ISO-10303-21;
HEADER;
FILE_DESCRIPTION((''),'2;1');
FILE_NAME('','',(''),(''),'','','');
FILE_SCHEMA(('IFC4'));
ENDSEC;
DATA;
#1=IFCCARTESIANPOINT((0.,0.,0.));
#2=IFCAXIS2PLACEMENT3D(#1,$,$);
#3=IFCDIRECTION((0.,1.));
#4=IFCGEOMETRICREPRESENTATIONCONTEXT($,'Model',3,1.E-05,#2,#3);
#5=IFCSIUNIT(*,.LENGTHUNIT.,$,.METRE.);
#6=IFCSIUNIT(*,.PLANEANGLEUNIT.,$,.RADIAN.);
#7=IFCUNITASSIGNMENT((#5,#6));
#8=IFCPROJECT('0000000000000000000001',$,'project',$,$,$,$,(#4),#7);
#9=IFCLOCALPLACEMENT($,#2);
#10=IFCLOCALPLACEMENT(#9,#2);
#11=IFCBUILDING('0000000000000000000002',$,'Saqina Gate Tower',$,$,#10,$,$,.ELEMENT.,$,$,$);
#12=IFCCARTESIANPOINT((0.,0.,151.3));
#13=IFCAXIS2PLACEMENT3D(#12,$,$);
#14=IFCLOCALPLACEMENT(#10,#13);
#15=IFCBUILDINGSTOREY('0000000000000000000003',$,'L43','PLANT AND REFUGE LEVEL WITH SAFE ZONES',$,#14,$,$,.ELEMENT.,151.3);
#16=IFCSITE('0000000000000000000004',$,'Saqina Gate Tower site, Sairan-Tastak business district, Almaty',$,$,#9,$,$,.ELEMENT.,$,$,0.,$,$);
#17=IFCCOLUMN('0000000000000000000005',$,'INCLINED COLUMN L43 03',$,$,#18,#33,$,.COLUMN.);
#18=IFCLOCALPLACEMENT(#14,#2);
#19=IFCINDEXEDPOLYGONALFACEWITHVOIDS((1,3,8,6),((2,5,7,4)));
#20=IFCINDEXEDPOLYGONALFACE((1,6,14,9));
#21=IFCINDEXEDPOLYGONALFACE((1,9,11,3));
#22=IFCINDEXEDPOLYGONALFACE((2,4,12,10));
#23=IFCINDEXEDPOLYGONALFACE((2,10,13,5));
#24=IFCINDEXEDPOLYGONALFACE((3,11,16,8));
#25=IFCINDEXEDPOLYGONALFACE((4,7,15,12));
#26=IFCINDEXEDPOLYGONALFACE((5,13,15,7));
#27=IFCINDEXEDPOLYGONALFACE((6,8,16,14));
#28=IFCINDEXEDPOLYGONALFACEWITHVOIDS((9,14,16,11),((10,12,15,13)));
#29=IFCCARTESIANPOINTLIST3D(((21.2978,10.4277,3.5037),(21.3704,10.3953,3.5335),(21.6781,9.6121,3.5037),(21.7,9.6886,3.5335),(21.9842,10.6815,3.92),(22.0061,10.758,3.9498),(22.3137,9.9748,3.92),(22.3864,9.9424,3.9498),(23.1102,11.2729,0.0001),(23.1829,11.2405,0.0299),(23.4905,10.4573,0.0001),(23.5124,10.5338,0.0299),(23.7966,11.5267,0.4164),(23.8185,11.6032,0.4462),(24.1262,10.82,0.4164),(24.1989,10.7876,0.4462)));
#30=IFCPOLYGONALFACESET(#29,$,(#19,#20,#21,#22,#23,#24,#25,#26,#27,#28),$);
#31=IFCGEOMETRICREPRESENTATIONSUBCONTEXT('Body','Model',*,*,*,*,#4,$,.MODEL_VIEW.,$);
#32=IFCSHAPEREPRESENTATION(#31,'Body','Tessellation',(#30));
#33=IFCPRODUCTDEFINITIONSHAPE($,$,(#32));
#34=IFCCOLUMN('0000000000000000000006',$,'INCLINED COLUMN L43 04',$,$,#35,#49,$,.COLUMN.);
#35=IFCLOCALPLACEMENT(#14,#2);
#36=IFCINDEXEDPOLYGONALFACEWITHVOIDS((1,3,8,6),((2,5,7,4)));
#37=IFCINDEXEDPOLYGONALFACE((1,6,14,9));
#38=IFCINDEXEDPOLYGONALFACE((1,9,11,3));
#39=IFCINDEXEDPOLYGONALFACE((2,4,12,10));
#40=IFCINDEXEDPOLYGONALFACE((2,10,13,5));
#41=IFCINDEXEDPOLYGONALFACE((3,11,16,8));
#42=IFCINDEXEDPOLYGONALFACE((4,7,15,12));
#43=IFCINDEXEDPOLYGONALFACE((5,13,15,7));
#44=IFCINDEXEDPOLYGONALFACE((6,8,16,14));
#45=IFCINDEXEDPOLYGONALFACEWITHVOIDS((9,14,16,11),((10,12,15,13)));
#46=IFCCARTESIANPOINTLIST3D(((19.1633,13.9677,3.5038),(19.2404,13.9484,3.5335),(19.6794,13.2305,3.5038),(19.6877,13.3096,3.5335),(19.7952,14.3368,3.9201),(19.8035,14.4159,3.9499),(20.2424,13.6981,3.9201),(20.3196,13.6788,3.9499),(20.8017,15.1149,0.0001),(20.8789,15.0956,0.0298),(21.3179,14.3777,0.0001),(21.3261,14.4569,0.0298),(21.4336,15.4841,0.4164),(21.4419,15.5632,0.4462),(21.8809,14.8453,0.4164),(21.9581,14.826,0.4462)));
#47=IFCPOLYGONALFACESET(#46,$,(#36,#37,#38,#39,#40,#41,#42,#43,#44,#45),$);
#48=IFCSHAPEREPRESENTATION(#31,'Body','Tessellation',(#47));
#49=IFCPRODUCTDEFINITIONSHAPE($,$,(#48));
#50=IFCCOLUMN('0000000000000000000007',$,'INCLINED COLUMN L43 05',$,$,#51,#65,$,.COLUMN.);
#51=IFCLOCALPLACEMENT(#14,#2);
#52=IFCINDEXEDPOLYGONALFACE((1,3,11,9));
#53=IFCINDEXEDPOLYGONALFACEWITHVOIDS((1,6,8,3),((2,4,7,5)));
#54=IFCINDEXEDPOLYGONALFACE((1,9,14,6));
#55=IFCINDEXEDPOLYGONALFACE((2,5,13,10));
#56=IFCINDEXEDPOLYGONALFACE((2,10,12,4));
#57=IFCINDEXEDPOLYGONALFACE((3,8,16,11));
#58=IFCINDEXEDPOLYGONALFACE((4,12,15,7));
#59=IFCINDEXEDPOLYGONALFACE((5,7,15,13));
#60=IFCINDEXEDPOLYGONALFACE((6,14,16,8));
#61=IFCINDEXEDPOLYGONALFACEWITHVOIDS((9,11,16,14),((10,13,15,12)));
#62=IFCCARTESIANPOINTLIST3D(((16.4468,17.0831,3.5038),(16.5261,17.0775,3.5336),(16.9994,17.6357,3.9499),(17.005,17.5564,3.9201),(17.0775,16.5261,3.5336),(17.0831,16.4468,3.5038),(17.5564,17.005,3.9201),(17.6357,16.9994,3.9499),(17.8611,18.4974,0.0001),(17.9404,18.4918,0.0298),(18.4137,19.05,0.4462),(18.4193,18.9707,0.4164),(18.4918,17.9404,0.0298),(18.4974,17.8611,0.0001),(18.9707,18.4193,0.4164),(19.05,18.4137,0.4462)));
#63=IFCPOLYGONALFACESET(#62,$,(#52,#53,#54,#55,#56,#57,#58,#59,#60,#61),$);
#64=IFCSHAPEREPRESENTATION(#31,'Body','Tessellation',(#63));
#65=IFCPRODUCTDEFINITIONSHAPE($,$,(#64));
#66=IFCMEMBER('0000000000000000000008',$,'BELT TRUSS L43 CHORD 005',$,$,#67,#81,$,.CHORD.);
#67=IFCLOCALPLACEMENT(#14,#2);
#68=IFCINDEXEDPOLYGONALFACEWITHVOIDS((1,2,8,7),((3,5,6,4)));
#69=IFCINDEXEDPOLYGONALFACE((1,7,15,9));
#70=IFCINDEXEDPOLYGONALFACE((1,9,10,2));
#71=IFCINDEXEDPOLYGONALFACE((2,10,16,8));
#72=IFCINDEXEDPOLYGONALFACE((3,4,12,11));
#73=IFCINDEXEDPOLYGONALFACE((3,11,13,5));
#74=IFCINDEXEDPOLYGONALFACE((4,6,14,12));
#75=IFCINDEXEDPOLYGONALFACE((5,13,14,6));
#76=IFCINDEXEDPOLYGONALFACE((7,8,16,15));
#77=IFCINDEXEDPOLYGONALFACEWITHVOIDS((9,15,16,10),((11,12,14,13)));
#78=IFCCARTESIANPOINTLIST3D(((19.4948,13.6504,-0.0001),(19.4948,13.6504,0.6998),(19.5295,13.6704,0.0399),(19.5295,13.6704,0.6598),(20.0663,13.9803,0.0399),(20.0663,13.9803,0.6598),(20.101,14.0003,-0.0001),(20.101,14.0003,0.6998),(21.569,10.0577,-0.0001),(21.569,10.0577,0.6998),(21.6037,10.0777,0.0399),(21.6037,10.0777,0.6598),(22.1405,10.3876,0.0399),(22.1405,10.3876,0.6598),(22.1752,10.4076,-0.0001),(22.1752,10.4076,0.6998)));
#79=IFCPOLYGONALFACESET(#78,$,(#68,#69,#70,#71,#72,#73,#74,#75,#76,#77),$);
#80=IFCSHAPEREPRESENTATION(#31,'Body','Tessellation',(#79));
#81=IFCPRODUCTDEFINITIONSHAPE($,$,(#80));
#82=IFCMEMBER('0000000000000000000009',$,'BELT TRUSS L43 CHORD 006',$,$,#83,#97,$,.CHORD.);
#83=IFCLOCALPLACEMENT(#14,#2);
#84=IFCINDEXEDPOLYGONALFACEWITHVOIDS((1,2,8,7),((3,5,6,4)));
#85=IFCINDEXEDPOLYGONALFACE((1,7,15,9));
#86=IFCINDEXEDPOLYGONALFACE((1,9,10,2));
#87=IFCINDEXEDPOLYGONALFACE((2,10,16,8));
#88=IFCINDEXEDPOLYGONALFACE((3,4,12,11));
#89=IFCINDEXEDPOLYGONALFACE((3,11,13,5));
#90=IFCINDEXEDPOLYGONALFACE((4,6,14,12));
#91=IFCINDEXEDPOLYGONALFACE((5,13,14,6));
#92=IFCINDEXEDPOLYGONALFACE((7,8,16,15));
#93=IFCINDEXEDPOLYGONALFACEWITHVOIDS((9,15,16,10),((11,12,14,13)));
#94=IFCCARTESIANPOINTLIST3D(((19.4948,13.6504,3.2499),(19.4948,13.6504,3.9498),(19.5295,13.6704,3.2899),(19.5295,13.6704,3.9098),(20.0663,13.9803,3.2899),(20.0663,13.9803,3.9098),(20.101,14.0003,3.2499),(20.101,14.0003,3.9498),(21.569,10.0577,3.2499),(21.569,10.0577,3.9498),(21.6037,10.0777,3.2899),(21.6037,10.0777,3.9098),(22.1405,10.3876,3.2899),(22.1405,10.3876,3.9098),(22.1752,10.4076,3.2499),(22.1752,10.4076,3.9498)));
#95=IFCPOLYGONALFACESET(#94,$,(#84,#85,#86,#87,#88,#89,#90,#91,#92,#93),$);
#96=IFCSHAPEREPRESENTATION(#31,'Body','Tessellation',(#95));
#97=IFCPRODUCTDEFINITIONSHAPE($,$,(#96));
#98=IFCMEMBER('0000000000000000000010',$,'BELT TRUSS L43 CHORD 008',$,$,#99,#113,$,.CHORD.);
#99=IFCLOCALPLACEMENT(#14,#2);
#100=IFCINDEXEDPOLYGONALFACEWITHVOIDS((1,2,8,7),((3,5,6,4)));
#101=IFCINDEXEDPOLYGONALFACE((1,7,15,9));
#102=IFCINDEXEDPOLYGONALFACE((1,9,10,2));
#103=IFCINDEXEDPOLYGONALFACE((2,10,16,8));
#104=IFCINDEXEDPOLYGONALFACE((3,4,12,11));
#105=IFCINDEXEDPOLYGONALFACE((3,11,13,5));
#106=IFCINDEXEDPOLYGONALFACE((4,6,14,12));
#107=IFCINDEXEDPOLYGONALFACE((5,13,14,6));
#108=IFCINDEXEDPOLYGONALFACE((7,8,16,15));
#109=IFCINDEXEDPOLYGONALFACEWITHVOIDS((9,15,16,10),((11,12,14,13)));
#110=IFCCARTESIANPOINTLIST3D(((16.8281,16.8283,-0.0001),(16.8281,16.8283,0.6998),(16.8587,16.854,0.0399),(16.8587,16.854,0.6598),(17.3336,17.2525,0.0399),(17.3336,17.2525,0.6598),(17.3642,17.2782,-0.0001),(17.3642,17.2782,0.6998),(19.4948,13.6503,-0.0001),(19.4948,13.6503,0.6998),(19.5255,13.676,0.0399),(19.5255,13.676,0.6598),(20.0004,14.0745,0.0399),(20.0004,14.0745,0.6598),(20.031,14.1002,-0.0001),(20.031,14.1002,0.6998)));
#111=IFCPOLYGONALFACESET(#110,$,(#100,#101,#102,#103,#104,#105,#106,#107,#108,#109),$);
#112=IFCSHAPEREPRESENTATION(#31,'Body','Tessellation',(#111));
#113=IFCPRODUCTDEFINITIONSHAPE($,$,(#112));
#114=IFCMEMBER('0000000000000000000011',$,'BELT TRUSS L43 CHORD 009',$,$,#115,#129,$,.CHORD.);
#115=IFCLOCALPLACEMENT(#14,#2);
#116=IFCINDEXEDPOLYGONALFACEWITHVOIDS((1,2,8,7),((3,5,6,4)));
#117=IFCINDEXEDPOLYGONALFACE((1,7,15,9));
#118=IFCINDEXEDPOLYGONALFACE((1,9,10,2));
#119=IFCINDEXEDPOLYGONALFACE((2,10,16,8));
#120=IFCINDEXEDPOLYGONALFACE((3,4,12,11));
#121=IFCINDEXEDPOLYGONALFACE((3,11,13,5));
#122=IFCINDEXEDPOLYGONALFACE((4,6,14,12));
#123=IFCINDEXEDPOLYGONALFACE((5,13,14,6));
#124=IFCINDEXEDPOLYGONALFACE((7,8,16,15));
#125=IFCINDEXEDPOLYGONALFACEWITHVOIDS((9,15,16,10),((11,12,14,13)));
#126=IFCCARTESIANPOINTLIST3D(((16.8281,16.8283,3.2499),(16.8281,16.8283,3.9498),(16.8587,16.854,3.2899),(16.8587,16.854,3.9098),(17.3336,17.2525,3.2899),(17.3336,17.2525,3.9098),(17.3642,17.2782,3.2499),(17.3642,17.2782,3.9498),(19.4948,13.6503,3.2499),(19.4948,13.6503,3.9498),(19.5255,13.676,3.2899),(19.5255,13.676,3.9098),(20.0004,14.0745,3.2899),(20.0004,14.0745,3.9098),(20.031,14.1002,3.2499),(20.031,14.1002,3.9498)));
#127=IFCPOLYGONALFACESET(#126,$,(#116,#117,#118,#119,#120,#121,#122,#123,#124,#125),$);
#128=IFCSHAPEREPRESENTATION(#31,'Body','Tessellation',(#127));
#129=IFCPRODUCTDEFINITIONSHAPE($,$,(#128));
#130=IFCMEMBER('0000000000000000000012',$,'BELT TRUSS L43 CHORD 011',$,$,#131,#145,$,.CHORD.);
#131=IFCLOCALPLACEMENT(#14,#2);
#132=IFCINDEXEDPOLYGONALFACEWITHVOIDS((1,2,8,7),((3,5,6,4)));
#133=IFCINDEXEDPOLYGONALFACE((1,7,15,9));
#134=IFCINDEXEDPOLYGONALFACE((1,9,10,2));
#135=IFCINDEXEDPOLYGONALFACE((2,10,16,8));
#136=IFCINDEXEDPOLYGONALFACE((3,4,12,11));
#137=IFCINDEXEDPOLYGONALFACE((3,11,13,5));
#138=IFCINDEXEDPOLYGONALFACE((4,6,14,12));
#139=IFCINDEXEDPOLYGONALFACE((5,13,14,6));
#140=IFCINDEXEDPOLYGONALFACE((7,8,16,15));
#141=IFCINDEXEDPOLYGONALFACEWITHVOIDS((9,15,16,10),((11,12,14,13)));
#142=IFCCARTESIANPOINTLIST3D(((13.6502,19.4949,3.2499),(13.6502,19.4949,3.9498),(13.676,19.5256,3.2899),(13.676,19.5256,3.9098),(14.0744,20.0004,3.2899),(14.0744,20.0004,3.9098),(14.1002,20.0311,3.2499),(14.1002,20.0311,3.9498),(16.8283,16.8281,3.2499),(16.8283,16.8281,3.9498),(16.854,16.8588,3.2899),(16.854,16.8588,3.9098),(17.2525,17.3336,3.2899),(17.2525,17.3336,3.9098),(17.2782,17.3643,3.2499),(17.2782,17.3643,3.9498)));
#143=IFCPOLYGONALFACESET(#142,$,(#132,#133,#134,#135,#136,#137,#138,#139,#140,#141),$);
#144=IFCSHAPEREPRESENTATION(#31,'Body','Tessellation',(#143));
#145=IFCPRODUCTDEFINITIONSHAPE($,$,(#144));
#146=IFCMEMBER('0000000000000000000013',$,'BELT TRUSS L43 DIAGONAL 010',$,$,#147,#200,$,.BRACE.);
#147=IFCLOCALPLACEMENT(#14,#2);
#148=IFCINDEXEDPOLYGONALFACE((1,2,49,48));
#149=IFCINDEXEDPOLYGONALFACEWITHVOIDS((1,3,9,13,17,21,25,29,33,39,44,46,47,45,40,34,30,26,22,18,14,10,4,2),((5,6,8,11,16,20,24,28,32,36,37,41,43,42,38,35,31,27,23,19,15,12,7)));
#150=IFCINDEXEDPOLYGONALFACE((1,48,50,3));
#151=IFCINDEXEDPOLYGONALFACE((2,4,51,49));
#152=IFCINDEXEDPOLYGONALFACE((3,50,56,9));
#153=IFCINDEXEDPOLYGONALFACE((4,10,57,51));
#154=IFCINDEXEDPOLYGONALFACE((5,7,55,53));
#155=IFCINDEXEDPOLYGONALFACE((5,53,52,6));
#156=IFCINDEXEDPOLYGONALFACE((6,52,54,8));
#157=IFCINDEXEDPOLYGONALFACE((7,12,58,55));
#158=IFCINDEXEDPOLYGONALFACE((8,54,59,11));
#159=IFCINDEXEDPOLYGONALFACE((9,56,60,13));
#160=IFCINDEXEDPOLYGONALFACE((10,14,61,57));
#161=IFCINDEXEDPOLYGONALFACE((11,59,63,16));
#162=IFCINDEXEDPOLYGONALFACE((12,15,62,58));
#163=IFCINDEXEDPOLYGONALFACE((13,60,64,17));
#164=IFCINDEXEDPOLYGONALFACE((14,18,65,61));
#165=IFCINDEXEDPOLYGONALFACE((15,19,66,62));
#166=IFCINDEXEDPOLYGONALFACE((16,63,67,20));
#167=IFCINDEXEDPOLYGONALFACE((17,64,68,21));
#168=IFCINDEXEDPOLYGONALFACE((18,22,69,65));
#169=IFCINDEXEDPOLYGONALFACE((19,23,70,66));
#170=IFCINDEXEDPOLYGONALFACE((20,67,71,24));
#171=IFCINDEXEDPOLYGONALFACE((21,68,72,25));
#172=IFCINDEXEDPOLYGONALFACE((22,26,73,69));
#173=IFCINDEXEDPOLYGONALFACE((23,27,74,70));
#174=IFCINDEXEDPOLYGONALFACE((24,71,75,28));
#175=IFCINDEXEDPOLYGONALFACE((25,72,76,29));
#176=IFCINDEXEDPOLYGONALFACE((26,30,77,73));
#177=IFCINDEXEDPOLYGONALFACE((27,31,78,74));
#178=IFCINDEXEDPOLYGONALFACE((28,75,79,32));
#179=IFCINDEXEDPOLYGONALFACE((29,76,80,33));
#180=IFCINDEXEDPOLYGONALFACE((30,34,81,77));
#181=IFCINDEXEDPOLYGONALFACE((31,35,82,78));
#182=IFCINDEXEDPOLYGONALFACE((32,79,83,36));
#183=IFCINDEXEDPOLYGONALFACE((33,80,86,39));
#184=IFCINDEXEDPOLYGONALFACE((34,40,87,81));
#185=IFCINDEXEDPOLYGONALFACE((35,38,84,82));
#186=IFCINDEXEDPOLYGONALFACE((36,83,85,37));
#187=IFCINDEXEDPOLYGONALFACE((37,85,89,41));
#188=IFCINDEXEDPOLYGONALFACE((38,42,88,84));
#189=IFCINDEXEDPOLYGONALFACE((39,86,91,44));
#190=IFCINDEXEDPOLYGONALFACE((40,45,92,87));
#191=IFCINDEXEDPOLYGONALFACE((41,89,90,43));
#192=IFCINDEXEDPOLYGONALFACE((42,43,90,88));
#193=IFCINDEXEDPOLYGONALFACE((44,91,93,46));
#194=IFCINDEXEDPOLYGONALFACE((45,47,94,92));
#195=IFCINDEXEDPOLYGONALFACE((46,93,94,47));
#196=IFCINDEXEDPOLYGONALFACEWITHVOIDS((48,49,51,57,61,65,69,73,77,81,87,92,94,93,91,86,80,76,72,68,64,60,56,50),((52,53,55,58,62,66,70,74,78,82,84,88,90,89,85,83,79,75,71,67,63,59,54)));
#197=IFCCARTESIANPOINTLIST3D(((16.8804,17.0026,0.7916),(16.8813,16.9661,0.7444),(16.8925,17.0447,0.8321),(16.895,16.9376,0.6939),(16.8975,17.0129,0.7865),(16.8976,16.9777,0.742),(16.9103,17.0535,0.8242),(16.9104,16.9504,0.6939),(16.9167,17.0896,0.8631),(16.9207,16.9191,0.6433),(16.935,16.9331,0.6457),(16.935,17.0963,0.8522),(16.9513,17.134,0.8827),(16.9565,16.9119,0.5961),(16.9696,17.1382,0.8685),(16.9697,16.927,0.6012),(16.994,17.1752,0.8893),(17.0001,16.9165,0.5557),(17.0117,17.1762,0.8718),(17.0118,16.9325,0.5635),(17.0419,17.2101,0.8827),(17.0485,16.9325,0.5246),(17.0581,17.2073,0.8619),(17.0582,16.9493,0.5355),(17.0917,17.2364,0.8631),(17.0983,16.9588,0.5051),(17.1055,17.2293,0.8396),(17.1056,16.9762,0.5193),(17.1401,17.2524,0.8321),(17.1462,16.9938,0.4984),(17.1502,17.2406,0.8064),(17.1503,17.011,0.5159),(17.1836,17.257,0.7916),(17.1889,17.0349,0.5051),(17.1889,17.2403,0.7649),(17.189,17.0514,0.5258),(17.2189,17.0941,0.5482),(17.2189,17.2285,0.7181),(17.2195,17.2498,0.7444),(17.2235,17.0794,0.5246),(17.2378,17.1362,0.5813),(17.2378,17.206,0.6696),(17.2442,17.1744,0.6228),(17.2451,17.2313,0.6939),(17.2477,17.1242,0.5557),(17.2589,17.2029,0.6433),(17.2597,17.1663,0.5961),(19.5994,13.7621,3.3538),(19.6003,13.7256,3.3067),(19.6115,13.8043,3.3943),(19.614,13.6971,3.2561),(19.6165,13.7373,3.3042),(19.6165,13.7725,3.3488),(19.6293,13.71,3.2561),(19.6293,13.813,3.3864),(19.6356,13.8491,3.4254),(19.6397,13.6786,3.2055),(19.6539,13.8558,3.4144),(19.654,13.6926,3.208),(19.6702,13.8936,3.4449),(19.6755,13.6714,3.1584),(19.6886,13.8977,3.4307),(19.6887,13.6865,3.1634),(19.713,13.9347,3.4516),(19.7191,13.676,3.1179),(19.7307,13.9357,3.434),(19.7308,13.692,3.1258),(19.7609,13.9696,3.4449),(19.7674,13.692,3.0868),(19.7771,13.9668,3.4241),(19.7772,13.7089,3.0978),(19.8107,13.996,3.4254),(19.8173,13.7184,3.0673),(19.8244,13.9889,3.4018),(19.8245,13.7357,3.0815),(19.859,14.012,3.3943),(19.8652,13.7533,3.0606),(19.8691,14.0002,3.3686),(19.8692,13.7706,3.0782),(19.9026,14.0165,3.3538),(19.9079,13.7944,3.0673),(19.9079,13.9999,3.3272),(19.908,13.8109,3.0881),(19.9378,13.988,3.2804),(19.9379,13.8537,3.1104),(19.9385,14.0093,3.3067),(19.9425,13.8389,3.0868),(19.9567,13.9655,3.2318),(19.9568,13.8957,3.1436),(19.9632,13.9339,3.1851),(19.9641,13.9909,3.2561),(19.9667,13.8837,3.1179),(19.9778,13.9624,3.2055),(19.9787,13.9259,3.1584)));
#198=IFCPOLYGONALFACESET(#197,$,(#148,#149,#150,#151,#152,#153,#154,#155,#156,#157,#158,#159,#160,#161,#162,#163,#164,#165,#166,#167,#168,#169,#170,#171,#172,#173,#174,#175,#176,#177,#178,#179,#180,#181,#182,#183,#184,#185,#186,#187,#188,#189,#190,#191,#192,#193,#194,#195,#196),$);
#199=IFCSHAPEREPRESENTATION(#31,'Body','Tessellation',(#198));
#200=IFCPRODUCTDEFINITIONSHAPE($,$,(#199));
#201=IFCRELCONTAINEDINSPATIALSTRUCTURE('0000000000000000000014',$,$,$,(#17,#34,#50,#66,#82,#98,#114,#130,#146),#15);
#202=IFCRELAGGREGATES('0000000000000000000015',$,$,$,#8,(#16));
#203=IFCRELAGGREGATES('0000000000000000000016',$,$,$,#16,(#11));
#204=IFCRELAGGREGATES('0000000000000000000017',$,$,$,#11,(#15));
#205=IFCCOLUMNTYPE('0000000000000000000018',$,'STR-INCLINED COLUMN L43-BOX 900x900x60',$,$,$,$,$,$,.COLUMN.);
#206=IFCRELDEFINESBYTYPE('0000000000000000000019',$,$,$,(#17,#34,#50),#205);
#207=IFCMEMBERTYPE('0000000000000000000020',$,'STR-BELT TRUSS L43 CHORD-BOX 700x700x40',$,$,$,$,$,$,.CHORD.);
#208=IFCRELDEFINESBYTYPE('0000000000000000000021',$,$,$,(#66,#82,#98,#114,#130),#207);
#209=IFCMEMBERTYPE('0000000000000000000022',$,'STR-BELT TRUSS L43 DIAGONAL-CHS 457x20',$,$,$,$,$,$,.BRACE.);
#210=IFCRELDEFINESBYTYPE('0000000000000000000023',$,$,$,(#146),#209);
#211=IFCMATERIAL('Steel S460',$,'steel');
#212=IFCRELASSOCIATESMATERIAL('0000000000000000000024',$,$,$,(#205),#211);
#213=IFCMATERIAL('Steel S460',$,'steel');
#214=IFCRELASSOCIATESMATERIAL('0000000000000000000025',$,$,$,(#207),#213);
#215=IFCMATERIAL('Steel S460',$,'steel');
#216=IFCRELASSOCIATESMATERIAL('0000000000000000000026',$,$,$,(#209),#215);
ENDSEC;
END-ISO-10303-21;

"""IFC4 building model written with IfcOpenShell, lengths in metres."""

from ifc_helpers import new_model, si_unit, direction, frame, origin, origin_2d, place, context, subcontext, project, spatial, hollow_rectangle, hollow_circle, extrude, material, material_profile, profile_set, type_object, element, save


model = new_model("IFC4")

# Units and contexts
model_context = context("Model", 3, precision=1e-05, world=origin(), true_north=direction((0.0, 1.0)))
body_context = subcontext(model_context, "Body", "Model", "MODEL_VIEW")
ifc_project = project(units=[si_unit("LENGTHUNIT", "METRE"), si_unit("PLANEANGLEUNIT", "RADIAN")], contexts=[model_context])

# Site, building, storey
site_placement = place(None, origin())
site = spatial("IfcSite", under=ifc_project, at=site_placement, Name="Saqina Gate Tower site, Sairan-Tastak business district, Almaty", CompositionType="ELEMENT", RefElevation=0.0)
building_placement = place(site_placement, origin())
building = spatial("IfcBuilding", under=site, at=building_placement, Name="Saqina Gate Tower", CompositionType="ELEMENT")
storey_placement = place(building_placement, frame((0.0, 0.0, 151.3)))
storey = spatial("IfcBuildingStorey", under=building, at=storey_placement, Name="L43", Description="PLANT AND REFUGE LEVEL WITH SAFE ZONES", CompositionType="ELEMENT", Elevation=151.3)

# Columns
ifc_material_1 = material(Name="Steel S460", Category="steel")
ifc_material_profile_1 = material_profile(ifc_material_1, hollow_rectangle(XDim=0.8999, YDim=0.8999, WallThickness=0.0601, at=origin_2d()), Name="BOX 900x900x60")
ifc_profile_set_1 = profile_set([ifc_material_profile_1], Name="Steel S460")
column_type = type_object("IfcColumnType", Name="STR-INCLINED COLUMN L43-BOX 900x900x60", PredefinedType="COLUMN", material=ifc_profile_set_1)
column_placement = place(storey_placement, frame((23.6545, 11.0303, 0.2231), z_axis=(-0.449278, -0.20951, 0.868479), x_axis=(0.422631, -0.906302, 0.0)))
element("IfcColumn", 1, at=column_placement, inside=storey, type_object=column_type, Name="INCLINED COLUMN L43 03", PredefinedType="COLUMN", context=body_context, shape_type="SweptSolid", body=[
    extrude(hollow_rectangle(XDim=0.8999, YDim=0.8999, WallThickness=0.0601, at=origin_2d()), origin(), (0.0, 0.0, 1.0), 4.0342),
])
for number, where, z_axis, x_axis, name in (
    (2, (21.3799, 14.9705, 0.2231), (-0.406117, -0.28436, 0.868452), (0.573569, -0.819157, 0.0), "INCLINED COLUMN L43 04"),
    (3, (18.4556, 18.4556, 0.2231), (-0.350564, -0.350564, 0.868452), (0.707107, -0.707107, 0.0), "INCLINED COLUMN L43 05"),
):
    element("IfcColumn", number, at=place(storey_placement, frame(where, z_axis=z_axis, x_axis=x_axis)), inside=storey, type_object=column_type, Name=name, PredefinedType="COLUMN", context=body_context, shape_type="SweptSolid", body=[
        extrude(hollow_rectangle(XDim=0.8999, YDim=0.8999, WallThickness=0.0601, at=origin_2d()), origin(), (0.0, 0.0, 1.0), 4.0344),
    ])

# Members
ifc_material_2 = material(Name="Steel S460", Category="steel")
ifc_material_profile_2 = material_profile(ifc_material_2, hollow_rectangle(XDim=0.7, YDim=0.7, WallThickness=0.04, at=origin_2d()), Name="BOX 700x700x40")
ifc_profile_set_2 = profile_set([ifc_material_profile_2], Name="Steel S460")
member_type_1 = type_object("IfcMemberType", Name="STR-BELT TRUSS L43 CHORD-BOX 700x700x40", PredefinedType="CHORD", material=ifc_profile_set_2)
for number, where, z_axis, x_axis, name in (
    (4, (21.8721, 10.2327, 0.3499), (-0.499987, 0.866033, 0.0), (-0.866033, -0.499987, 0.0), "BELT TRUSS L43 CHORD 005"),
    (5, (21.8721, 10.2327, 3.5999), (-0.499987, 0.866033, 0.0), (-0.866033, -0.499987, 0.0), "BELT TRUSS L43 CHORD 006"),
):
    element("IfcMember", number, at=place(storey_placement, frame(where, z_axis=z_axis, x_axis=x_axis)), inside=storey, type_object=member_type_1, Name=name, PredefinedType="CHORD", context=body_context, shape_type="SweptSolid", body=[
        extrude(hollow_rectangle(XDim=0.7, YDim=0.7, WallThickness=0.04, at=origin_2d()), origin(), (0.0, 0.0, 1.0), 4.1484),
    ])
for number, where, z_axis, x_axis, name in (
    (6, (19.7629, 13.8752, 0.3499), (-0.642803, 0.766032, 0.0), (-0.766032, -0.642803, 0.0), "BELT TRUSS L43 CHORD 008"),
    (7, (19.7629, 13.8752, 3.5999), (-0.642803, 0.766032, 0.0), (-0.766032, -0.642803, 0.0), "BELT TRUSS L43 CHORD 009"),
    (8, (17.0532, 17.0962, 3.5999), (-0.766032, 0.642803, 0.0), (-0.642803, -0.766032, 0.0), "BELT TRUSS L43 CHORD 011"),
):
    element("IfcMember", number, at=place(storey_placement, frame(where, z_axis=z_axis, x_axis=x_axis)), inside=storey, type_object=member_type_1, Name=name, PredefinedType="CHORD", context=body_context, shape_type="SweptSolid", body=[
        extrude(hollow_rectangle(XDim=0.7, YDim=0.7, WallThickness=0.04, at=origin_2d()), origin(), (0.0, 0.0, 1.0), 4.1487),
    ])
ifc_material_3 = material(Name="Steel S460", Category="steel")
ifc_material_profile_3 = material_profile(ifc_material_3, hollow_circle(Radius=0.2285, WallThickness=0.02, at=origin_2d()), Name="CHS 457x20")
ifc_profile_set_3 = profile_set([ifc_material_profile_3], Name="Steel S460")
member_type_2 = type_object("IfcMemberType", Name="STR-BELT TRUSS L43 DIAGONAL-CHS 457x20", PredefinedType="BRACE", material=ifc_profile_set_3)
member_1_placement = place(storey_placement, frame((19.7891, 13.844, 3.2561), z_axis=(-0.549782, 0.655227, -0.51809), x_axis=(-0.766055, -0.642775, 0.0)))
element("IfcMember", 9, at=member_1_placement, inside=storey, type_object=member_type_2, Name="BELT TRUSS L43 DIAGONAL 010", PredefinedType="BRACE", context=body_context, shape_type="SweptSolid", body=[
    extrude(hollow_circle(Radius=0.2285, WallThickness=0.02, at=origin_2d()), origin(), (0.0, 0.0, 1.0), 4.9456),
])

save(model, "model.ifc")
